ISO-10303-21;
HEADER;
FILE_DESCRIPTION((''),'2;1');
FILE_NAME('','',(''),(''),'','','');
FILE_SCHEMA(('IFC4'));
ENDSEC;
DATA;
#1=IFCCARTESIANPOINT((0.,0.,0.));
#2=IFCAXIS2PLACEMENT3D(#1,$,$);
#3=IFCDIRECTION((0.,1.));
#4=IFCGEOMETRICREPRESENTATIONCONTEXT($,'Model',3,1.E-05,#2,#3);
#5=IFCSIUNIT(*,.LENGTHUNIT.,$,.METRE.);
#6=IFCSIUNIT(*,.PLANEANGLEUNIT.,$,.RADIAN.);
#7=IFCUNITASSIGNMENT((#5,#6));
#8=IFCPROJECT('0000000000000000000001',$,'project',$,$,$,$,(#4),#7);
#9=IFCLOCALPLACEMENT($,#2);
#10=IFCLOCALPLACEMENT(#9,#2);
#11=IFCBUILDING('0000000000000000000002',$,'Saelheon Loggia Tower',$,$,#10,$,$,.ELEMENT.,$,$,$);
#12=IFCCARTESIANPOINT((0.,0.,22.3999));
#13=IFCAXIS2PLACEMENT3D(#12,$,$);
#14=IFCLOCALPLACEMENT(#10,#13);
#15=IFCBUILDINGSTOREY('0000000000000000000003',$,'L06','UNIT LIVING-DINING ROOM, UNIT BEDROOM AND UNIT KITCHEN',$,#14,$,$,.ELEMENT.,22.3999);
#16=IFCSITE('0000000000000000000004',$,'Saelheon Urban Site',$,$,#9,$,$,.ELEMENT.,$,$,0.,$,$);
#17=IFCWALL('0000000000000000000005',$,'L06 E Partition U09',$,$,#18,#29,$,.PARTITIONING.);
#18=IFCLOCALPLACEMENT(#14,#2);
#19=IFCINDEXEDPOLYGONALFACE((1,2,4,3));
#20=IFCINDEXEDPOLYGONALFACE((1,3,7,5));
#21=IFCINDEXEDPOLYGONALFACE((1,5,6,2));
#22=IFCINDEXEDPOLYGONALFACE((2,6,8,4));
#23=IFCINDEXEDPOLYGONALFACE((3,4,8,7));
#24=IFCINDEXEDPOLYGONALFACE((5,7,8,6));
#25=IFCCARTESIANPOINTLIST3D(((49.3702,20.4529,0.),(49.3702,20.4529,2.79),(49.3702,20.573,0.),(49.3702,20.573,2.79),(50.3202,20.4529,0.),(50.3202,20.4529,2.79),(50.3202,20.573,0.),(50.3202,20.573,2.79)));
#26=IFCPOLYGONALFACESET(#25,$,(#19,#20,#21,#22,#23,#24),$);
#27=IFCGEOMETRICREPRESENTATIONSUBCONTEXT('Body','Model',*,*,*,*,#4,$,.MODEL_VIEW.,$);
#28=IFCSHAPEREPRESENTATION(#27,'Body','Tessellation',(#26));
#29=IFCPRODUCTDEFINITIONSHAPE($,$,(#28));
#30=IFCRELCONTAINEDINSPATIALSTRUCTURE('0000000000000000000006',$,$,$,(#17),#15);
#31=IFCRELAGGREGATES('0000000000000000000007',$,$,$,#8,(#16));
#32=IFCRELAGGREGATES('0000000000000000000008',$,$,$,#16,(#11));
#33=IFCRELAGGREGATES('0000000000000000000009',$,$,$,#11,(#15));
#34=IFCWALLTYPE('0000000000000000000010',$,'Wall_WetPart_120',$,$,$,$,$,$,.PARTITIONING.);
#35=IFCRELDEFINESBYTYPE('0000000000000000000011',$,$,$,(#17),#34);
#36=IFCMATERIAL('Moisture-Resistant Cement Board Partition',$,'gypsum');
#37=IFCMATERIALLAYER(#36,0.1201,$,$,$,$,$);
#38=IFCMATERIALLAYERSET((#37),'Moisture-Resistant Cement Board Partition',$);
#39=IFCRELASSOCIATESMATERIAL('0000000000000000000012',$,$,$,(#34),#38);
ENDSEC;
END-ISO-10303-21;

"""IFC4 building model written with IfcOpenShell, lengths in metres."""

from ifc_helpers import new_model, si_unit, direction, frame, frame_2d, origin, place, context, subcontext, project, spatial, rectangle, extrude, material, layer, layer_set, type_object, element, save


model = new_model("IFC4")

# Units and contexts
model_context = context("Model", 3, precision=1e-05, world=origin(), true_north=direction((0.0, 1.0)))
body_context = subcontext(model_context, "Body", "Model", "MODEL_VIEW")
ifc_project = project(units=[si_unit("LENGTHUNIT", "METRE"), si_unit("PLANEANGLEUNIT", "RADIAN")], contexts=[model_context])

# Site, building, storey
site_placement = place(None, origin())
site = spatial("IfcSite", under=ifc_project, at=site_placement, Name="Saelheon Urban Site", CompositionType="ELEMENT", RefElevation=0.0)
building_placement = place(site_placement, origin())
building = spatial("IfcBuilding", under=site, at=building_placement, Name="Saelheon Loggia Tower", CompositionType="ELEMENT")
storey_placement = place(building_placement, frame((0.0, 0.0, 22.3999)))
storey = spatial("IfcBuildingStorey", under=building, at=storey_placement, Name="L06", Description="UNIT LIVING-DINING ROOM, UNIT BEDROOM AND UNIT KITCHEN", CompositionType="ELEMENT", Elevation=22.3999)

# Shared definitions
ifc_material_1 = material(Name="Moisture-Resistant Cement Board Partition", Category="gypsum")
ifc_layer_1 = layer(ifc_material_1, 0.1201)
ifc_layer_set_1 = layer_set([ifc_layer_1], Name="Moisture-Resistant Cement Board Partition")
wall_type_1 = type_object("IfcWallType", Name="Wall_WetPart_120", PredefinedType="PARTITIONING", material=ifc_layer_set_1)

# Wall
wall_1_placement = place(storey_placement, frame((49.3701, 20.5129, 0.0), z_axis=(0.0, 0.0, 1.0), x_axis=(1.0, 0.0, 0.0)))
element("IfcWall", 1, at=wall_1_placement, inside=storey, type_object=wall_type_1, Name="L06 E Partition U09", PredefinedType="PARTITIONING", context=body_context, shape_type="SweptSolid", body=[
    extrude(rectangle(XDim=0.95, YDim=0.1201, at=frame_2d((0.4751, 0.0))), origin(), (0.0, 0.0, 1.0), 2.79),
])

save(model, "model.ifc")
